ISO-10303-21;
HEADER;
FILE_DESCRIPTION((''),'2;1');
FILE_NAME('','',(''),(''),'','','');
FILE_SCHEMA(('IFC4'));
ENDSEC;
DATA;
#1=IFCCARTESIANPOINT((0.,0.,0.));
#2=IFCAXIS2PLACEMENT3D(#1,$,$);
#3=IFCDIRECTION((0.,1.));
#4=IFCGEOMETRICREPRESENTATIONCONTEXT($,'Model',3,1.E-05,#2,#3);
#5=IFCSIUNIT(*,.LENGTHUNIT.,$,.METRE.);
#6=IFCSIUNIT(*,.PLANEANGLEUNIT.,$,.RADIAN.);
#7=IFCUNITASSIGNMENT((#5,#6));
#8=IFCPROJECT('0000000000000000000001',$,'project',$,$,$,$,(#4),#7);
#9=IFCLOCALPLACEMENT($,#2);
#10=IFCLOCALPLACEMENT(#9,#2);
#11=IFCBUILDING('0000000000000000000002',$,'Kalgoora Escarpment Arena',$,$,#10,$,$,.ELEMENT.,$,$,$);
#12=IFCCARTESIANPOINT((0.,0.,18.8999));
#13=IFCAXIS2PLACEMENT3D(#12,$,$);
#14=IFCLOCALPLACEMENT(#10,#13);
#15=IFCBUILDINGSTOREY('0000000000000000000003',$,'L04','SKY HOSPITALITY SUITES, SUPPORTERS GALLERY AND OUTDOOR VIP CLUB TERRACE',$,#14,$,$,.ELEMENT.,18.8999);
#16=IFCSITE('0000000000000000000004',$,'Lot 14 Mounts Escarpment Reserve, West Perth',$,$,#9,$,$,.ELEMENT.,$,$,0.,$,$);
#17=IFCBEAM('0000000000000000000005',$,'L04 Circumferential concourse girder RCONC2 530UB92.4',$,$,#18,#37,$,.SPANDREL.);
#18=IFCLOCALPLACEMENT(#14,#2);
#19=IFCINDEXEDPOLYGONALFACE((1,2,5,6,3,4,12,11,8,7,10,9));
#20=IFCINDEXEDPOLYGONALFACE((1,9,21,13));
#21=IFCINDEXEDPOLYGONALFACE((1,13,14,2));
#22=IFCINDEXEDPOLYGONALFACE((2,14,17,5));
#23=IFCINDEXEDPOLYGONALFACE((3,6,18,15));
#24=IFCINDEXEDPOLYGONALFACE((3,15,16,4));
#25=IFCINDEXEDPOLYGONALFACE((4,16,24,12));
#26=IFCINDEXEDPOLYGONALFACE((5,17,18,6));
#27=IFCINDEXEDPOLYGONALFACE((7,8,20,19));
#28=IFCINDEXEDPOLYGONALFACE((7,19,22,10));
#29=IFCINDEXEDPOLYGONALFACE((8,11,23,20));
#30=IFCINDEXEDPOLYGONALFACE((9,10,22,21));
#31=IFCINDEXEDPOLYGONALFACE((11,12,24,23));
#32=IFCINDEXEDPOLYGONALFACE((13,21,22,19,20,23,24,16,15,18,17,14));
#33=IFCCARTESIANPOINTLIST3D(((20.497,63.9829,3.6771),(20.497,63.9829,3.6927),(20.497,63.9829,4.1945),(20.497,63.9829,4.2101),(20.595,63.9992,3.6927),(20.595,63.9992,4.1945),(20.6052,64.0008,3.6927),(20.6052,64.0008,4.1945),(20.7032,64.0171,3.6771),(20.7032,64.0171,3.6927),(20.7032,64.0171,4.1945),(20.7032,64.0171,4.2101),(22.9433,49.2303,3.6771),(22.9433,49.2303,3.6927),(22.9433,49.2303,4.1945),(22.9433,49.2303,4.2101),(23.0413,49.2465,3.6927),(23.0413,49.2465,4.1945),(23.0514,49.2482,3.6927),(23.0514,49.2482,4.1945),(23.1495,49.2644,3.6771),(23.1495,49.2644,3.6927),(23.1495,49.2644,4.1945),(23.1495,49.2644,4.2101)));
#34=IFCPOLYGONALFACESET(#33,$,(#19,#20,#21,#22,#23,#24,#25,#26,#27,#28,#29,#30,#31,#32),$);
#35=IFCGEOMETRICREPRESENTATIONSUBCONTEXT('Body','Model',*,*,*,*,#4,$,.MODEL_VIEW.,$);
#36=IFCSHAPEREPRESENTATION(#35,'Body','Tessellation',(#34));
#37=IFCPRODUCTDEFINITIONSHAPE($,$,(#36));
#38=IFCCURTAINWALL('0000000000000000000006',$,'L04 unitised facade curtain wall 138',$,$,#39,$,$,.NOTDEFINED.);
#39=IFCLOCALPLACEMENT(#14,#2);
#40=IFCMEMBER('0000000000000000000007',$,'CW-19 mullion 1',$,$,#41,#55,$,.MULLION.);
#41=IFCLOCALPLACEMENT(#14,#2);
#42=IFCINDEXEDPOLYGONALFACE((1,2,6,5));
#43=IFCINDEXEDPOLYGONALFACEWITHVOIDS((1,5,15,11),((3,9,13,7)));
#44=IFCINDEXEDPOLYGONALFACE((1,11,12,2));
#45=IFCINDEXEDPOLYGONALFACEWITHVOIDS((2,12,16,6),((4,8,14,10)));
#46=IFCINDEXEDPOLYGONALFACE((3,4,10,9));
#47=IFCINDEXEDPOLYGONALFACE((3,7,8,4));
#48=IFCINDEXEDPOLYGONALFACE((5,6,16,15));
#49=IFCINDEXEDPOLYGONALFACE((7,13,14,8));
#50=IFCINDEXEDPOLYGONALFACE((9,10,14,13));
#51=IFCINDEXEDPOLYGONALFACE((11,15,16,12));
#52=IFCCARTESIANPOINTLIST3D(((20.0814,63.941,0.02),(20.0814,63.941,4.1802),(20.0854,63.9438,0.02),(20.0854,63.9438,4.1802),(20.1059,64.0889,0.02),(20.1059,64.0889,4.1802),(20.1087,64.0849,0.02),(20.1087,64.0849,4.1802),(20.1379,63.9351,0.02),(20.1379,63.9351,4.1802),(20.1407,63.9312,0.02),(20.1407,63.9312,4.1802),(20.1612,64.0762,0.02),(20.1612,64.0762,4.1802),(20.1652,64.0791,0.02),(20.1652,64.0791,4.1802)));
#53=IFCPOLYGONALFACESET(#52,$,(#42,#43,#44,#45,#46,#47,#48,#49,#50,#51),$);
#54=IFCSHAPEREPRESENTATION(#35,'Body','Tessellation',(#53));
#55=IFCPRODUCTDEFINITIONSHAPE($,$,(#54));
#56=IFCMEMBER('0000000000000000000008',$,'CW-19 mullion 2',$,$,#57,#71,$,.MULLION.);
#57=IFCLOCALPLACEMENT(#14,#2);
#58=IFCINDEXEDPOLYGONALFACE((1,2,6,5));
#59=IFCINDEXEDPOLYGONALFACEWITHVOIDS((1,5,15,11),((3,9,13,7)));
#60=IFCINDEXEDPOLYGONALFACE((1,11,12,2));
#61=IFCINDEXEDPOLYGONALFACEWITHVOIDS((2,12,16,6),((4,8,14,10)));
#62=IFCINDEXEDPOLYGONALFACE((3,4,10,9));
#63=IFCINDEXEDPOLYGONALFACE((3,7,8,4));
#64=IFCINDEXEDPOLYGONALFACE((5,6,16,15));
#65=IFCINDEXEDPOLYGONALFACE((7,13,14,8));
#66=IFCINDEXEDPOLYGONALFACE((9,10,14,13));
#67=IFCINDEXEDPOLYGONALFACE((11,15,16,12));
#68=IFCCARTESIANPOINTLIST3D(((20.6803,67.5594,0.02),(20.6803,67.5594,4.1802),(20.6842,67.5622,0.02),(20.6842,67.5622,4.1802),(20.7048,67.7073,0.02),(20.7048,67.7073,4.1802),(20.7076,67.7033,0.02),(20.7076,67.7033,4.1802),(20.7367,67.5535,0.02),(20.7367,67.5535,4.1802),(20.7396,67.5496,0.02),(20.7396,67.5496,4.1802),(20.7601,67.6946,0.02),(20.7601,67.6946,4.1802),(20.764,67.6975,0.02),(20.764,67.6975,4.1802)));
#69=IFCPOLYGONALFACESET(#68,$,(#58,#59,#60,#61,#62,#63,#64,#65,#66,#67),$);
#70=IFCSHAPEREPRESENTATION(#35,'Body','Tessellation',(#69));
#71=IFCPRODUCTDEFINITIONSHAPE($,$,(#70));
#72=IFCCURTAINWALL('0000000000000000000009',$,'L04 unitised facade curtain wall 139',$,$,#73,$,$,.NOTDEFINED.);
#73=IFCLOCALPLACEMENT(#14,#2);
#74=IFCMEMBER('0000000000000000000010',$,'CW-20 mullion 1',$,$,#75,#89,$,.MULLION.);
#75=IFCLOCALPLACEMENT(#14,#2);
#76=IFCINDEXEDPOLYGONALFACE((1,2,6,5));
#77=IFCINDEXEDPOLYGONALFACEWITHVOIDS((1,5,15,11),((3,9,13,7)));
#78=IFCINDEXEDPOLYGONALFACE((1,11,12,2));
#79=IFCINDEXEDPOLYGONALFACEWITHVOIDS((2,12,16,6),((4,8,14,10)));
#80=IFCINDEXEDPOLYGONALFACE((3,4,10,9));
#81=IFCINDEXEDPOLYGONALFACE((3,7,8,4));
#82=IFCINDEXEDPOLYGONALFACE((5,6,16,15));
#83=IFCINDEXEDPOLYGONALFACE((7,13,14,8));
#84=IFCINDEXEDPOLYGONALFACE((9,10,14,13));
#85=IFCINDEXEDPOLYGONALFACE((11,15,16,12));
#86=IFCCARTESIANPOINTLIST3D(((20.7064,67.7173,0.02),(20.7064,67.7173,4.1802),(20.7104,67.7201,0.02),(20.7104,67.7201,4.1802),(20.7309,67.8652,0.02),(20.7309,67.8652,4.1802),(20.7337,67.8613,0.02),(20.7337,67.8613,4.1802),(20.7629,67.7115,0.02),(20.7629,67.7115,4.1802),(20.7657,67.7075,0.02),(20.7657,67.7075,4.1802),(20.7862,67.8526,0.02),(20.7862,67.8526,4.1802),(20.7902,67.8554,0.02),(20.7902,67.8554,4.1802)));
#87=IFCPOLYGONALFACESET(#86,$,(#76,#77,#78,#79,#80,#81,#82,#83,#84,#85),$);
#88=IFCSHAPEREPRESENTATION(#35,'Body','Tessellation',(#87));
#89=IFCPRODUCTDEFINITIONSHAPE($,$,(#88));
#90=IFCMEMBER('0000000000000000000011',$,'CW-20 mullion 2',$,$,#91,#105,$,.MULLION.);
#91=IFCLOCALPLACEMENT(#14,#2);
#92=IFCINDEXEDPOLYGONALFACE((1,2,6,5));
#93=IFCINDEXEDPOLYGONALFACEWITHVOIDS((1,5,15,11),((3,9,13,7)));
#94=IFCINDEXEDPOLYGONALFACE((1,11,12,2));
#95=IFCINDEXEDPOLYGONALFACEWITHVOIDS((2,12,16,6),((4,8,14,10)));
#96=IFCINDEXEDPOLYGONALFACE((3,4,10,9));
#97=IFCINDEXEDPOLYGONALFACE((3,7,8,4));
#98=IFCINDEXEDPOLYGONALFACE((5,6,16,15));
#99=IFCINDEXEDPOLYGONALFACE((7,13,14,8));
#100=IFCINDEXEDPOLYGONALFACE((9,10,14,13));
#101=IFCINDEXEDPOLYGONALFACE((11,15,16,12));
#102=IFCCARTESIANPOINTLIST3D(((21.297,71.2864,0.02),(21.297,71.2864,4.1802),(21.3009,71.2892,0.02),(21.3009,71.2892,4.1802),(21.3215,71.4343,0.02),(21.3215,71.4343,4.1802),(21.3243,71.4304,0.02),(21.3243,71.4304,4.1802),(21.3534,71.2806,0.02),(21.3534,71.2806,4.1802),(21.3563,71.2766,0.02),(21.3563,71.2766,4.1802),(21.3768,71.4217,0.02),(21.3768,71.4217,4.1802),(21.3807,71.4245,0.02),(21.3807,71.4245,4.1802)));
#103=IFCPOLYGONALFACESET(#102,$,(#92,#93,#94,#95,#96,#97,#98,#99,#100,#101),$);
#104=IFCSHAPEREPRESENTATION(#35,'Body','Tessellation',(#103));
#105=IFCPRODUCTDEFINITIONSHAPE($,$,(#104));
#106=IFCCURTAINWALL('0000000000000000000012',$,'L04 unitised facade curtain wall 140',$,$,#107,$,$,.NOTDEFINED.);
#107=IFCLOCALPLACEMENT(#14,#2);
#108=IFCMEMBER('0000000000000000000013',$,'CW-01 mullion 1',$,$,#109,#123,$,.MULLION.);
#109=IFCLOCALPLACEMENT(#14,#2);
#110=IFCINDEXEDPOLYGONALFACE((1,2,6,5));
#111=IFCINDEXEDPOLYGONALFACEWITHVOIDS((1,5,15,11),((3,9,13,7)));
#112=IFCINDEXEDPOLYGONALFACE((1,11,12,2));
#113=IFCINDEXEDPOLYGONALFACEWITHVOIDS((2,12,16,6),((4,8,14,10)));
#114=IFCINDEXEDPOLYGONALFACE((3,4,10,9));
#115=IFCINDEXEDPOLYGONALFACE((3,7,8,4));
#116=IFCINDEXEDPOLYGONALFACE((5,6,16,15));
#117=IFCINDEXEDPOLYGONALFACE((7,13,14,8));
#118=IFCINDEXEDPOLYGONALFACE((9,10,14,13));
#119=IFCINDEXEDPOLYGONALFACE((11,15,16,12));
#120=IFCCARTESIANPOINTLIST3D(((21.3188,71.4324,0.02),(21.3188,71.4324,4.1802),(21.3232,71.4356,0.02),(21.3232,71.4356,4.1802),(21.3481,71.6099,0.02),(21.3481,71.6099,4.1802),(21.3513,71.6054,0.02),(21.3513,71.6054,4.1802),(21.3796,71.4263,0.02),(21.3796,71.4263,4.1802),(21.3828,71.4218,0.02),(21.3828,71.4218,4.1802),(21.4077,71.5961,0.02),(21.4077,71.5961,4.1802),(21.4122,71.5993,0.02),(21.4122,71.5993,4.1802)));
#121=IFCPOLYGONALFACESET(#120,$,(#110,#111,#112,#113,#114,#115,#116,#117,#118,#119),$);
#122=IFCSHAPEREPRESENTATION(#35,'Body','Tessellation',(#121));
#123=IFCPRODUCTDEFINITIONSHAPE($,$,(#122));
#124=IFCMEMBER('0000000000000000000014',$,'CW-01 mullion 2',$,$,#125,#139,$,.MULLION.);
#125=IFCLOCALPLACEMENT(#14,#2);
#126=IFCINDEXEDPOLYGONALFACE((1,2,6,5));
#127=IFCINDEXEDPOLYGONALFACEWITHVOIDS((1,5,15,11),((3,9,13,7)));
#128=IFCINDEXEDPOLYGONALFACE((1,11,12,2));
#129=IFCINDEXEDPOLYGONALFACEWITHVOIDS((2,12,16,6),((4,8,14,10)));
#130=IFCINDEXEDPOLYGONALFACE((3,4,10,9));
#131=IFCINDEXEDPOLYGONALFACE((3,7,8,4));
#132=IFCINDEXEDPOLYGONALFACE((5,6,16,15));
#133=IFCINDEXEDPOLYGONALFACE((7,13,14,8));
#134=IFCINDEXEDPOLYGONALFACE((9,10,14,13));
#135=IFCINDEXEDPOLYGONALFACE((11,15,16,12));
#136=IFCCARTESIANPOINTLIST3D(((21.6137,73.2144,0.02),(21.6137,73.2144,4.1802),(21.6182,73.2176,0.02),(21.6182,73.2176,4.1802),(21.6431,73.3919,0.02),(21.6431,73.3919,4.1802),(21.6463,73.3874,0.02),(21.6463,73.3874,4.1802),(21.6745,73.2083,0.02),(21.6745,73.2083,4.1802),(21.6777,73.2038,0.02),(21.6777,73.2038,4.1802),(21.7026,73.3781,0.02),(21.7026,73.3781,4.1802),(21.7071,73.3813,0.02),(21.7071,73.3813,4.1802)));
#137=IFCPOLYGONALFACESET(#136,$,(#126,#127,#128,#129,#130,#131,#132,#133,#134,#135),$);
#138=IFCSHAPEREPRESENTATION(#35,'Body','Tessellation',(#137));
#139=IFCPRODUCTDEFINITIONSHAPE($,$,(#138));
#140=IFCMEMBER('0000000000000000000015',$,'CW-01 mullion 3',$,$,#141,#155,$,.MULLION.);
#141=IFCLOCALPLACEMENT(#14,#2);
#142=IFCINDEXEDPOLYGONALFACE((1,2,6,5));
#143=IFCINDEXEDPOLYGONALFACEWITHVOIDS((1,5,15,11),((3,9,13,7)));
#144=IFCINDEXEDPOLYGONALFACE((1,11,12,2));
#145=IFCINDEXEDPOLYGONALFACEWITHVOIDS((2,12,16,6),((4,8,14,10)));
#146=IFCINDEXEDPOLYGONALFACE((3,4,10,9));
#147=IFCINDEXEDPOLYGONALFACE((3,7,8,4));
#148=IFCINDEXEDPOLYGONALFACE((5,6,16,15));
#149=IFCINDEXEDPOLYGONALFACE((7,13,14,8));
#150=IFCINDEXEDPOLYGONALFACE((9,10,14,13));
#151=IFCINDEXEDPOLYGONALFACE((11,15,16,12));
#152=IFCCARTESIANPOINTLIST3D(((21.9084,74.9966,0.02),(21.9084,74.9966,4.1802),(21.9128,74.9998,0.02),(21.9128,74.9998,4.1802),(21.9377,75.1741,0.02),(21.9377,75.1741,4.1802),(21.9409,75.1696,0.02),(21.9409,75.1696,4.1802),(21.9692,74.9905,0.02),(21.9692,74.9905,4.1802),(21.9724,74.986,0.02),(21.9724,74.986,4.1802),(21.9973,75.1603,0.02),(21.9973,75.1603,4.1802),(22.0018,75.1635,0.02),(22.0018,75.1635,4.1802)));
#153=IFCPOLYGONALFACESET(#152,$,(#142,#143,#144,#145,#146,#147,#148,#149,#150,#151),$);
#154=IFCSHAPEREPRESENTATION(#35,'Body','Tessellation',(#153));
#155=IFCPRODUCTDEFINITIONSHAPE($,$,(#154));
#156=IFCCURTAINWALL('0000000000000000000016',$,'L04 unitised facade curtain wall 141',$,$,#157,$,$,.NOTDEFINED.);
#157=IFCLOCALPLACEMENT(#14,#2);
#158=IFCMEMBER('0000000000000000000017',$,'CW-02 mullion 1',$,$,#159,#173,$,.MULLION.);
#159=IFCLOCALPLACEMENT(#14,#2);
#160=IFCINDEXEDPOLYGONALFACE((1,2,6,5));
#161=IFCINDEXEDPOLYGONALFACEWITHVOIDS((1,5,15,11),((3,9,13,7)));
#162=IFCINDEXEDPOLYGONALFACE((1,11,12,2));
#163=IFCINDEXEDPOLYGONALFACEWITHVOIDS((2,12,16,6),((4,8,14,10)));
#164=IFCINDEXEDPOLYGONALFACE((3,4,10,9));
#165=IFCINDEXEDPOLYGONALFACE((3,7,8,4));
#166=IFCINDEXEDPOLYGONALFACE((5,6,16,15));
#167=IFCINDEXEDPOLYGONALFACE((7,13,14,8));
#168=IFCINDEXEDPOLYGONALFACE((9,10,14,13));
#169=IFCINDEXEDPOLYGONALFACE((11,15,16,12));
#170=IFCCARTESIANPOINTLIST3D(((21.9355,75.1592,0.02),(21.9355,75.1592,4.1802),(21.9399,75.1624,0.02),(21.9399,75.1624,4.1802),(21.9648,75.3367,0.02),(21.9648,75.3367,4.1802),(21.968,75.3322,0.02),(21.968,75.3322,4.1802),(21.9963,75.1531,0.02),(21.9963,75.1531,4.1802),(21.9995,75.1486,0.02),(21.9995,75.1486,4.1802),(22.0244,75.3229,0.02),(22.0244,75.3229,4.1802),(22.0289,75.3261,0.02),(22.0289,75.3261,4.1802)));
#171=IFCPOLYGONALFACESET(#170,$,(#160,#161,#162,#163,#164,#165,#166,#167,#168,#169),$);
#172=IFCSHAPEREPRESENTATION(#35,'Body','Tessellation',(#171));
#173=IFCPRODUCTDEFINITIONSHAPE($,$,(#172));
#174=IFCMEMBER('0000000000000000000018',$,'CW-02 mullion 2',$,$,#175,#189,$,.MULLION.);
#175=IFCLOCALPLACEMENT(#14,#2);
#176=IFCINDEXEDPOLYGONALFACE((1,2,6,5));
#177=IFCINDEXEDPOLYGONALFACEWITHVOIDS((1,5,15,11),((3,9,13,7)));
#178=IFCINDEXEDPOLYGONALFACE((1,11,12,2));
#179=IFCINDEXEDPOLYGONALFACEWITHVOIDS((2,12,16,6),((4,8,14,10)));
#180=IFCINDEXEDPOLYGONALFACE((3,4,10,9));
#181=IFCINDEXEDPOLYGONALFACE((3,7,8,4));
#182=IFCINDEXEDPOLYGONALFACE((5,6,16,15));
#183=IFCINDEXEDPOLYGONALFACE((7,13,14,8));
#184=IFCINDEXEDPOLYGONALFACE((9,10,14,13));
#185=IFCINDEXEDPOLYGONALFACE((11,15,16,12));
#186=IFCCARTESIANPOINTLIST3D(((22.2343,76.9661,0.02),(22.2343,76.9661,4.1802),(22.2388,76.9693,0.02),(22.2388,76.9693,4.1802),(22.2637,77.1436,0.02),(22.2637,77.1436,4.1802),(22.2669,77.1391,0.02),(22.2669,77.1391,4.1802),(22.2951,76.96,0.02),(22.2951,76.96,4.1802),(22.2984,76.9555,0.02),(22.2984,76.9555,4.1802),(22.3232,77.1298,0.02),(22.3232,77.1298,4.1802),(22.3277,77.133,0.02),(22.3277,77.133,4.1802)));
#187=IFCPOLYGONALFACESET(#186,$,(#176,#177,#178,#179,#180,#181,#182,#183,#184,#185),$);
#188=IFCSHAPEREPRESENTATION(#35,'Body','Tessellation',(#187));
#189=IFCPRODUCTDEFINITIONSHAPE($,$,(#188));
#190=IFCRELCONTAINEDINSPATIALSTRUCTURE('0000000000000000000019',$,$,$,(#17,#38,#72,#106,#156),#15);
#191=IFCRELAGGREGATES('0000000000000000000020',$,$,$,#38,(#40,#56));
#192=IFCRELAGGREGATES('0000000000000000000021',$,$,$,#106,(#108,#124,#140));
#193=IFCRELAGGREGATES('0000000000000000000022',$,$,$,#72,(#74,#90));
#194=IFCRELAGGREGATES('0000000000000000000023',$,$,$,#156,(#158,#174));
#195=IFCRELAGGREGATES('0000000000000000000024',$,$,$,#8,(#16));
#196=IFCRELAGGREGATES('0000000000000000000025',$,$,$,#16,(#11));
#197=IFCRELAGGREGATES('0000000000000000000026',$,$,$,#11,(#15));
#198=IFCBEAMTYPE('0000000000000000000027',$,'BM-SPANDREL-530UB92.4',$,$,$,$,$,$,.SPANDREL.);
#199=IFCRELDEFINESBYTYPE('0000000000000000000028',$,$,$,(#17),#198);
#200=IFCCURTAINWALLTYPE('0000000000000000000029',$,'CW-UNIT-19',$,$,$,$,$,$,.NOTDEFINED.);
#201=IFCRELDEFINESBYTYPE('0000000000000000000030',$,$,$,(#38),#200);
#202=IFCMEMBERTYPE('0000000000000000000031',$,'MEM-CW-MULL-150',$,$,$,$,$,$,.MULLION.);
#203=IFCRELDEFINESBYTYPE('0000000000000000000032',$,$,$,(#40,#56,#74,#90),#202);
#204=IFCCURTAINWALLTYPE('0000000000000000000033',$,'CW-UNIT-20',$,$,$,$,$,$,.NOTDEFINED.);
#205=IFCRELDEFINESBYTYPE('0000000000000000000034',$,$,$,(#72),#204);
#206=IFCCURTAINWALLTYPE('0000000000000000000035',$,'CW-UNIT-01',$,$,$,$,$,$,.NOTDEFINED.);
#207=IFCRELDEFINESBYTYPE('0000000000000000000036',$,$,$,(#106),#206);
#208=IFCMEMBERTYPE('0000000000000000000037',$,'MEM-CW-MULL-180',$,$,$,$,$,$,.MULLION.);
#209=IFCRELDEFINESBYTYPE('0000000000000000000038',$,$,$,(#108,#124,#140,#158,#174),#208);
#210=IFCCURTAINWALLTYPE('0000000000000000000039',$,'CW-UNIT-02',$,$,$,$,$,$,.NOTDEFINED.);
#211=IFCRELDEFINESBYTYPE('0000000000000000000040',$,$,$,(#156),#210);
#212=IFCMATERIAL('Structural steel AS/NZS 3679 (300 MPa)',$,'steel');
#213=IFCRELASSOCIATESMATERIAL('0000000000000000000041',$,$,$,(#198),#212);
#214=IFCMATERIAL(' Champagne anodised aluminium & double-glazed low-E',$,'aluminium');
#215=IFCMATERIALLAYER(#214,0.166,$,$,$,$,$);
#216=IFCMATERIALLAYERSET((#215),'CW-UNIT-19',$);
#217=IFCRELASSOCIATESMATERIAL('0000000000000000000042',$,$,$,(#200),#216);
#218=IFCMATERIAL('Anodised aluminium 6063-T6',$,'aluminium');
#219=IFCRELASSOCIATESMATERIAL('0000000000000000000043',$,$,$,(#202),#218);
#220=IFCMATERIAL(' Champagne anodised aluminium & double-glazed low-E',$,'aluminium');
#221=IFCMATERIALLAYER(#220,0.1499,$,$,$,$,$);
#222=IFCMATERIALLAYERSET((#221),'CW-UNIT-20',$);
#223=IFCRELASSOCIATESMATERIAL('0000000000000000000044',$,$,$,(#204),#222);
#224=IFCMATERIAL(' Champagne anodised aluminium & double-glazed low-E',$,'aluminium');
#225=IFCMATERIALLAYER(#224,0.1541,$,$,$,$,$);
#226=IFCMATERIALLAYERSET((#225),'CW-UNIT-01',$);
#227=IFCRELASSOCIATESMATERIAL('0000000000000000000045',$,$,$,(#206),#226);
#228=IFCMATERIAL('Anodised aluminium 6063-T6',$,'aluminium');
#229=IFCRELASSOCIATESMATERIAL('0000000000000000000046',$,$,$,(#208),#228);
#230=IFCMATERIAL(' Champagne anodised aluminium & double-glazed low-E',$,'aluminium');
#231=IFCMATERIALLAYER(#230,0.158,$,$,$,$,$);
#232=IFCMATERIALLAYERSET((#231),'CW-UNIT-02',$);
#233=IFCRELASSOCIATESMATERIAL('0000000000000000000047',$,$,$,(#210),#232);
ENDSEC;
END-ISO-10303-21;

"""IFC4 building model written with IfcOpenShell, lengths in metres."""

from ifc_helpers import new_model, si_unit, direction, frame, origin, origin_2d, place, context, subcontext, project, spatial, hollow_rectangle, i_section, extrude, material, layer, layer_set, material_profile, profile_set, type_object, element, aggregate, save


model = new_model("IFC4")

# Units and contexts
model_context = context("Model", 3, precision=1e-05, world=origin(), true_north=direction((0.0, 1.0)))
body_context = subcontext(model_context, "Body", "Model", "MODEL_VIEW")
ifc_project = project(units=[si_unit("LENGTHUNIT", "METRE"), si_unit("PLANEANGLEUNIT", "RADIAN")], contexts=[model_context])

# Site, building, storey
site_placement = place(None, origin())
site = spatial("IfcSite", under=ifc_project, at=site_placement, Name="Lot 14 Mounts Escarpment Reserve, West Perth", CompositionType="ELEMENT", RefElevation=0.0)
building_placement = place(site_placement, origin())
building = spatial("IfcBuilding", under=site, at=building_placement, Name="Kalgoora Escarpment Arena", CompositionType="ELEMENT")
storey_placement = place(building_placement, frame((0.0, 0.0, 18.8999)))
storey = spatial("IfcBuildingStorey", under=building, at=storey_placement, Name="L04", Description="SKY HOSPITALITY SUITES, SUPPORTERS GALLERY AND OUTDOOR VIP CLUB TERRACE", CompositionType="ELEMENT", Elevation=18.8999)

# Beam
ifc_material_1 = material(Name="Structural steel AS/NZS 3679 (300 MPa)", Category="steel")
ifc_material_profile_1 = material_profile(ifc_material_1, i_section(OverallWidth=0.209, OverallDepth=0.533, WebThickness=0.0103, FlangeThickness=0.0156, at=origin_2d()))
ifc_profile_set_1 = profile_set([ifc_material_profile_1], Name="Structural steel AS/NZS 3679 (300 MPa)")
beam_type = type_object("IfcBeamType", Name="BM-SPANDREL-530UB92.4", PredefinedType="SPANDREL", material=ifc_profile_set_1)
beam_placement = place(storey_placement, frame((20.6001, 64.0, 3.9436), z_axis=(0.163586, -0.986529, 0.0), x_axis=(0.986529, 0.163586, 0.0)))
element("IfcBeam", 1, at=beam_placement, inside=storey, type_object=beam_type, Name="L04 Circumferential concourse girder RCONC2 530UB92.4", PredefinedType="SPANDREL", context=body_context, shape_type="SweptSolid", body=[
    extrude(i_section(OverallWidth=0.209, OverallDepth=0.533, WebThickness=0.0103, FlangeThickness=0.0156, at=origin_2d()), origin(), (0.0, 0.0, 1.0), 14.9541),
])

# Curtain walls, members
ifc_material_2 = material(Name=" Champagne anodised aluminium & double-glazed low-E", Category="aluminium")
ifc_layer_1 = layer(ifc_material_2, 0.166)
ifc_layer_set_1 = layer_set([ifc_layer_1], Name="CW-UNIT-19")
curtain_wall_type_1 = type_object("IfcCurtainWallType", Name="CW-UNIT-19", PredefinedType="NOTDEFINED", material=ifc_layer_set_1)
curtain_wall_1_placement = place(storey_placement, origin())
curtain_wall_1 = element("IfcCurtainWall", 2, at=curtain_wall_1_placement, inside=storey, type_object=curtain_wall_type_1, Name="L04 unitised facade curtain wall 138", PredefinedType="NOTDEFINED")
ifc_material_3 = material(Name="Anodised aluminium 6063-T6", Category="aluminium")
ifc_material_profile_2 = material_profile(ifc_material_3, hollow_rectangle(XDim=0.0601, YDim=0.1499, WallThickness=0.0034, at=origin_2d()))
ifc_profile_set_2 = profile_set([ifc_material_profile_2], Name="Anodised aluminium 6063-T6")
member_type_1 = type_object("IfcMemberType", Name="MEM-CW-MULL-150", PredefinedType="MULLION", material=ifc_profile_set_2)
member_1_placement = place(storey_placement, frame((20.1233, 64.01, 0.02), z_axis=(0.0, 0.0, 1.0), x_axis=(-0.986583, 0.163263, 0.0)))
member_1 = element("IfcMember", 3, at=member_1_placement, type_object=member_type_1, Name="CW-19 mullion 1", PredefinedType="MULLION", context=body_context, shape_type="SweptSolid", body=[
    extrude(hollow_rectangle(XDim=0.0601, YDim=0.1499, WallThickness=0.0034, at=origin_2d()), origin(), (0.0, 0.0, 1.0), 4.1602),
])
member_2_placement = place(storey_placement, frame((20.7222, 67.6284, 0.02), z_axis=(0.0, 0.0, 1.0), x_axis=(-0.986583, 0.163263, 0.0)))
member_2 = element("IfcMember", 4, at=member_2_placement, type_object=member_type_1, Name="CW-19 mullion 2", PredefinedType="MULLION", context=body_context, shape_type="SweptSolid", body=[
    extrude(hollow_rectangle(XDim=0.0601, YDim=0.1499, WallThickness=0.0034, at=origin_2d()), origin(), (0.0, 0.0, 1.0), 4.1602),
])
ifc_material_4 = material(Name=" Champagne anodised aluminium & double-glazed low-E", Category="aluminium")
ifc_layer_2 = layer(ifc_material_4, 0.1499)
ifc_layer_set_2 = layer_set([ifc_layer_2], Name="CW-UNIT-20")
curtain_wall_type_2 = type_object("IfcCurtainWallType", Name="CW-UNIT-20", PredefinedType="NOTDEFINED", material=ifc_layer_set_2)
curtain_wall_2_placement = place(storey_placement, origin())
curtain_wall_2 = element("IfcCurtainWall", 5, at=curtain_wall_2_placement, inside=storey, type_object=curtain_wall_type_2, Name="L04 unitised facade curtain wall 139", PredefinedType="NOTDEFINED")
member_3_placement = place(storey_placement, frame((20.7483, 67.7864, 0.02), z_axis=(0.0, 0.0, 1.0), x_axis=(-0.986584, 0.163252, 0.0)))
member_3 = element("IfcMember", 6, at=member_3_placement, type_object=member_type_1, Name="CW-20 mullion 1", PredefinedType="MULLION", context=body_context, shape_type="SweptSolid", body=[
    extrude(hollow_rectangle(XDim=0.0601, YDim=0.1499, WallThickness=0.0034, at=origin_2d()), origin(), (0.0, 0.0, 1.0), 4.1602),
])
member_4_placement = place(storey_placement, frame((21.3389, 71.3555, 0.02), z_axis=(0.0, 0.0, 1.0), x_axis=(-0.986584, 0.163252, 0.0)))
member_4 = element("IfcMember", 7, at=member_4_placement, type_object=member_type_1, Name="CW-20 mullion 2", PredefinedType="MULLION", context=body_context, shape_type="SweptSolid", body=[
    extrude(hollow_rectangle(XDim=0.0601, YDim=0.1499, WallThickness=0.0034, at=origin_2d()), origin(), (0.0, 0.0, 1.0), 4.1602),
])
ifc_material_5 = material(Name=" Champagne anodised aluminium & double-glazed low-E", Category="aluminium")
ifc_layer_3 = layer(ifc_material_5, 0.1541)
ifc_layer_set_3 = layer_set([ifc_layer_3], Name="CW-UNIT-01")
curtain_wall_type_3 = type_object("IfcCurtainWallType", Name="CW-UNIT-01", PredefinedType="NOTDEFINED", material=ifc_layer_set_3)
curtain_wall_3_placement = place(storey_placement, origin())
curtain_wall_3 = element("IfcCurtainWall", 8, at=curtain_wall_3_placement, inside=storey, type_object=curtain_wall_type_3, Name="L04 unitised facade curtain wall 140", PredefinedType="NOTDEFINED")
ifc_material_6 = material(Name="Anodised aluminium 6063-T6", Category="aluminium")
ifc_material_profile_3 = material_profile(ifc_material_6, hollow_rectangle(XDim=0.0649, YDim=0.1799, WallThickness=0.0039, at=origin_2d()))
ifc_profile_set_3 = profile_set([ifc_material_profile_3], Name="Anodised aluminium 6063-T6")
member_type_2 = type_object("IfcMemberType", Name="MEM-CW-MULL-180", PredefinedType="MULLION", material=ifc_profile_set_3)
member_5_placement = place(storey_placement, frame((21.3655, 71.5159, 0.02), z_axis=(0.0, 0.0, 1.0), x_axis=(-0.986584, 0.163252, 0.0)))
member_5 = element("IfcMember", 9, at=member_5_placement, type_object=member_type_2, Name="CW-01 mullion 1", PredefinedType="MULLION", context=body_context, shape_type="SweptSolid", body=[
    extrude(hollow_rectangle(XDim=0.0649, YDim=0.1799, WallThickness=0.0039, at=origin_2d()), origin(), (0.0, 0.0, 1.0), 4.1602),
])
member_6_placement = place(storey_placement, frame((21.6604, 73.2979, 0.02), z_axis=(0.0, 0.0, 1.0), x_axis=(-0.986584, 0.163252, 0.0)))
member_6 = element("IfcMember", 10, at=member_6_placement, type_object=member_type_2, Name="CW-01 mullion 2", PredefinedType="MULLION", context=body_context, shape_type="SweptSolid", body=[
    extrude(hollow_rectangle(XDim=0.0649, YDim=0.1799, WallThickness=0.0039, at=origin_2d()), origin(), (0.0, 0.0, 1.0), 4.1602),
])
member_7_placement = place(storey_placement, frame((21.9551, 75.0801, 0.02), z_axis=(0.0, 0.0, 1.0), x_axis=(-0.986584, 0.163252, 0.0)))
member_7 = element("IfcMember", 11, at=member_7_placement, type_object=member_type_2, Name="CW-01 mullion 3", PredefinedType="MULLION", context=body_context, shape_type="SweptSolid", body=[
    extrude(hollow_rectangle(XDim=0.0649, YDim=0.1799, WallThickness=0.0039, at=origin_2d()), origin(), (0.0, 0.0, 1.0), 4.1602),
])
ifc_material_7 = material(Name=" Champagne anodised aluminium & double-glazed low-E", Category="aluminium")
ifc_layer_4 = layer(ifc_material_7, 0.158)
ifc_layer_set_4 = layer_set([ifc_layer_4], Name="CW-UNIT-02")
curtain_wall_type_4 = type_object("IfcCurtainWallType", Name="CW-UNIT-02", PredefinedType="NOTDEFINED", material=ifc_layer_set_4)
curtain_wall_4_placement = place(storey_placement, origin())
curtain_wall_4 = element("IfcCurtainWall", 12, at=curtain_wall_4_placement, inside=storey, type_object=curtain_wall_type_4, Name="L04 unitised facade curtain wall 141", PredefinedType="NOTDEFINED")
member_8_placement = place(storey_placement, frame((21.9822, 75.2427, 0.02), z_axis=(0.0, 0.0, 1.0), x_axis=(-0.986583, 0.163263, 0.0)))
member_8 = element("IfcMember", 13, at=member_8_placement, type_object=member_type_2, Name="CW-02 mullion 1", PredefinedType="MULLION", context=body_context, shape_type="SweptSolid", body=[
    extrude(hollow_rectangle(XDim=0.0649, YDim=0.1799, WallThickness=0.0039, at=origin_2d()), origin(), (0.0, 0.0, 1.0), 4.1602),
])
member_9_placement = place(storey_placement, frame((22.281, 77.0496, 0.02), z_axis=(0.0, 0.0, 1.0), x_axis=(-0.986583, 0.163263, 0.0)))
member_9 = element("IfcMember", 14, at=member_9_placement, type_object=member_type_2, Name="CW-02 mullion 2", PredefinedType="MULLION", context=body_context, shape_type="SweptSolid", body=[
    extrude(hollow_rectangle(XDim=0.0649, YDim=0.1799, WallThickness=0.0039, at=origin_2d()), origin(), (0.0, 0.0, 1.0), 4.1602),
])

aggregate(curtain_wall_1, [member_1, member_2])
aggregate(curtain_wall_3, [member_5, member_6, member_7])
aggregate(curtain_wall_2, [member_3, member_4])
aggregate(curtain_wall_4, [member_8, member_9])

save(model, "model.ifc")
